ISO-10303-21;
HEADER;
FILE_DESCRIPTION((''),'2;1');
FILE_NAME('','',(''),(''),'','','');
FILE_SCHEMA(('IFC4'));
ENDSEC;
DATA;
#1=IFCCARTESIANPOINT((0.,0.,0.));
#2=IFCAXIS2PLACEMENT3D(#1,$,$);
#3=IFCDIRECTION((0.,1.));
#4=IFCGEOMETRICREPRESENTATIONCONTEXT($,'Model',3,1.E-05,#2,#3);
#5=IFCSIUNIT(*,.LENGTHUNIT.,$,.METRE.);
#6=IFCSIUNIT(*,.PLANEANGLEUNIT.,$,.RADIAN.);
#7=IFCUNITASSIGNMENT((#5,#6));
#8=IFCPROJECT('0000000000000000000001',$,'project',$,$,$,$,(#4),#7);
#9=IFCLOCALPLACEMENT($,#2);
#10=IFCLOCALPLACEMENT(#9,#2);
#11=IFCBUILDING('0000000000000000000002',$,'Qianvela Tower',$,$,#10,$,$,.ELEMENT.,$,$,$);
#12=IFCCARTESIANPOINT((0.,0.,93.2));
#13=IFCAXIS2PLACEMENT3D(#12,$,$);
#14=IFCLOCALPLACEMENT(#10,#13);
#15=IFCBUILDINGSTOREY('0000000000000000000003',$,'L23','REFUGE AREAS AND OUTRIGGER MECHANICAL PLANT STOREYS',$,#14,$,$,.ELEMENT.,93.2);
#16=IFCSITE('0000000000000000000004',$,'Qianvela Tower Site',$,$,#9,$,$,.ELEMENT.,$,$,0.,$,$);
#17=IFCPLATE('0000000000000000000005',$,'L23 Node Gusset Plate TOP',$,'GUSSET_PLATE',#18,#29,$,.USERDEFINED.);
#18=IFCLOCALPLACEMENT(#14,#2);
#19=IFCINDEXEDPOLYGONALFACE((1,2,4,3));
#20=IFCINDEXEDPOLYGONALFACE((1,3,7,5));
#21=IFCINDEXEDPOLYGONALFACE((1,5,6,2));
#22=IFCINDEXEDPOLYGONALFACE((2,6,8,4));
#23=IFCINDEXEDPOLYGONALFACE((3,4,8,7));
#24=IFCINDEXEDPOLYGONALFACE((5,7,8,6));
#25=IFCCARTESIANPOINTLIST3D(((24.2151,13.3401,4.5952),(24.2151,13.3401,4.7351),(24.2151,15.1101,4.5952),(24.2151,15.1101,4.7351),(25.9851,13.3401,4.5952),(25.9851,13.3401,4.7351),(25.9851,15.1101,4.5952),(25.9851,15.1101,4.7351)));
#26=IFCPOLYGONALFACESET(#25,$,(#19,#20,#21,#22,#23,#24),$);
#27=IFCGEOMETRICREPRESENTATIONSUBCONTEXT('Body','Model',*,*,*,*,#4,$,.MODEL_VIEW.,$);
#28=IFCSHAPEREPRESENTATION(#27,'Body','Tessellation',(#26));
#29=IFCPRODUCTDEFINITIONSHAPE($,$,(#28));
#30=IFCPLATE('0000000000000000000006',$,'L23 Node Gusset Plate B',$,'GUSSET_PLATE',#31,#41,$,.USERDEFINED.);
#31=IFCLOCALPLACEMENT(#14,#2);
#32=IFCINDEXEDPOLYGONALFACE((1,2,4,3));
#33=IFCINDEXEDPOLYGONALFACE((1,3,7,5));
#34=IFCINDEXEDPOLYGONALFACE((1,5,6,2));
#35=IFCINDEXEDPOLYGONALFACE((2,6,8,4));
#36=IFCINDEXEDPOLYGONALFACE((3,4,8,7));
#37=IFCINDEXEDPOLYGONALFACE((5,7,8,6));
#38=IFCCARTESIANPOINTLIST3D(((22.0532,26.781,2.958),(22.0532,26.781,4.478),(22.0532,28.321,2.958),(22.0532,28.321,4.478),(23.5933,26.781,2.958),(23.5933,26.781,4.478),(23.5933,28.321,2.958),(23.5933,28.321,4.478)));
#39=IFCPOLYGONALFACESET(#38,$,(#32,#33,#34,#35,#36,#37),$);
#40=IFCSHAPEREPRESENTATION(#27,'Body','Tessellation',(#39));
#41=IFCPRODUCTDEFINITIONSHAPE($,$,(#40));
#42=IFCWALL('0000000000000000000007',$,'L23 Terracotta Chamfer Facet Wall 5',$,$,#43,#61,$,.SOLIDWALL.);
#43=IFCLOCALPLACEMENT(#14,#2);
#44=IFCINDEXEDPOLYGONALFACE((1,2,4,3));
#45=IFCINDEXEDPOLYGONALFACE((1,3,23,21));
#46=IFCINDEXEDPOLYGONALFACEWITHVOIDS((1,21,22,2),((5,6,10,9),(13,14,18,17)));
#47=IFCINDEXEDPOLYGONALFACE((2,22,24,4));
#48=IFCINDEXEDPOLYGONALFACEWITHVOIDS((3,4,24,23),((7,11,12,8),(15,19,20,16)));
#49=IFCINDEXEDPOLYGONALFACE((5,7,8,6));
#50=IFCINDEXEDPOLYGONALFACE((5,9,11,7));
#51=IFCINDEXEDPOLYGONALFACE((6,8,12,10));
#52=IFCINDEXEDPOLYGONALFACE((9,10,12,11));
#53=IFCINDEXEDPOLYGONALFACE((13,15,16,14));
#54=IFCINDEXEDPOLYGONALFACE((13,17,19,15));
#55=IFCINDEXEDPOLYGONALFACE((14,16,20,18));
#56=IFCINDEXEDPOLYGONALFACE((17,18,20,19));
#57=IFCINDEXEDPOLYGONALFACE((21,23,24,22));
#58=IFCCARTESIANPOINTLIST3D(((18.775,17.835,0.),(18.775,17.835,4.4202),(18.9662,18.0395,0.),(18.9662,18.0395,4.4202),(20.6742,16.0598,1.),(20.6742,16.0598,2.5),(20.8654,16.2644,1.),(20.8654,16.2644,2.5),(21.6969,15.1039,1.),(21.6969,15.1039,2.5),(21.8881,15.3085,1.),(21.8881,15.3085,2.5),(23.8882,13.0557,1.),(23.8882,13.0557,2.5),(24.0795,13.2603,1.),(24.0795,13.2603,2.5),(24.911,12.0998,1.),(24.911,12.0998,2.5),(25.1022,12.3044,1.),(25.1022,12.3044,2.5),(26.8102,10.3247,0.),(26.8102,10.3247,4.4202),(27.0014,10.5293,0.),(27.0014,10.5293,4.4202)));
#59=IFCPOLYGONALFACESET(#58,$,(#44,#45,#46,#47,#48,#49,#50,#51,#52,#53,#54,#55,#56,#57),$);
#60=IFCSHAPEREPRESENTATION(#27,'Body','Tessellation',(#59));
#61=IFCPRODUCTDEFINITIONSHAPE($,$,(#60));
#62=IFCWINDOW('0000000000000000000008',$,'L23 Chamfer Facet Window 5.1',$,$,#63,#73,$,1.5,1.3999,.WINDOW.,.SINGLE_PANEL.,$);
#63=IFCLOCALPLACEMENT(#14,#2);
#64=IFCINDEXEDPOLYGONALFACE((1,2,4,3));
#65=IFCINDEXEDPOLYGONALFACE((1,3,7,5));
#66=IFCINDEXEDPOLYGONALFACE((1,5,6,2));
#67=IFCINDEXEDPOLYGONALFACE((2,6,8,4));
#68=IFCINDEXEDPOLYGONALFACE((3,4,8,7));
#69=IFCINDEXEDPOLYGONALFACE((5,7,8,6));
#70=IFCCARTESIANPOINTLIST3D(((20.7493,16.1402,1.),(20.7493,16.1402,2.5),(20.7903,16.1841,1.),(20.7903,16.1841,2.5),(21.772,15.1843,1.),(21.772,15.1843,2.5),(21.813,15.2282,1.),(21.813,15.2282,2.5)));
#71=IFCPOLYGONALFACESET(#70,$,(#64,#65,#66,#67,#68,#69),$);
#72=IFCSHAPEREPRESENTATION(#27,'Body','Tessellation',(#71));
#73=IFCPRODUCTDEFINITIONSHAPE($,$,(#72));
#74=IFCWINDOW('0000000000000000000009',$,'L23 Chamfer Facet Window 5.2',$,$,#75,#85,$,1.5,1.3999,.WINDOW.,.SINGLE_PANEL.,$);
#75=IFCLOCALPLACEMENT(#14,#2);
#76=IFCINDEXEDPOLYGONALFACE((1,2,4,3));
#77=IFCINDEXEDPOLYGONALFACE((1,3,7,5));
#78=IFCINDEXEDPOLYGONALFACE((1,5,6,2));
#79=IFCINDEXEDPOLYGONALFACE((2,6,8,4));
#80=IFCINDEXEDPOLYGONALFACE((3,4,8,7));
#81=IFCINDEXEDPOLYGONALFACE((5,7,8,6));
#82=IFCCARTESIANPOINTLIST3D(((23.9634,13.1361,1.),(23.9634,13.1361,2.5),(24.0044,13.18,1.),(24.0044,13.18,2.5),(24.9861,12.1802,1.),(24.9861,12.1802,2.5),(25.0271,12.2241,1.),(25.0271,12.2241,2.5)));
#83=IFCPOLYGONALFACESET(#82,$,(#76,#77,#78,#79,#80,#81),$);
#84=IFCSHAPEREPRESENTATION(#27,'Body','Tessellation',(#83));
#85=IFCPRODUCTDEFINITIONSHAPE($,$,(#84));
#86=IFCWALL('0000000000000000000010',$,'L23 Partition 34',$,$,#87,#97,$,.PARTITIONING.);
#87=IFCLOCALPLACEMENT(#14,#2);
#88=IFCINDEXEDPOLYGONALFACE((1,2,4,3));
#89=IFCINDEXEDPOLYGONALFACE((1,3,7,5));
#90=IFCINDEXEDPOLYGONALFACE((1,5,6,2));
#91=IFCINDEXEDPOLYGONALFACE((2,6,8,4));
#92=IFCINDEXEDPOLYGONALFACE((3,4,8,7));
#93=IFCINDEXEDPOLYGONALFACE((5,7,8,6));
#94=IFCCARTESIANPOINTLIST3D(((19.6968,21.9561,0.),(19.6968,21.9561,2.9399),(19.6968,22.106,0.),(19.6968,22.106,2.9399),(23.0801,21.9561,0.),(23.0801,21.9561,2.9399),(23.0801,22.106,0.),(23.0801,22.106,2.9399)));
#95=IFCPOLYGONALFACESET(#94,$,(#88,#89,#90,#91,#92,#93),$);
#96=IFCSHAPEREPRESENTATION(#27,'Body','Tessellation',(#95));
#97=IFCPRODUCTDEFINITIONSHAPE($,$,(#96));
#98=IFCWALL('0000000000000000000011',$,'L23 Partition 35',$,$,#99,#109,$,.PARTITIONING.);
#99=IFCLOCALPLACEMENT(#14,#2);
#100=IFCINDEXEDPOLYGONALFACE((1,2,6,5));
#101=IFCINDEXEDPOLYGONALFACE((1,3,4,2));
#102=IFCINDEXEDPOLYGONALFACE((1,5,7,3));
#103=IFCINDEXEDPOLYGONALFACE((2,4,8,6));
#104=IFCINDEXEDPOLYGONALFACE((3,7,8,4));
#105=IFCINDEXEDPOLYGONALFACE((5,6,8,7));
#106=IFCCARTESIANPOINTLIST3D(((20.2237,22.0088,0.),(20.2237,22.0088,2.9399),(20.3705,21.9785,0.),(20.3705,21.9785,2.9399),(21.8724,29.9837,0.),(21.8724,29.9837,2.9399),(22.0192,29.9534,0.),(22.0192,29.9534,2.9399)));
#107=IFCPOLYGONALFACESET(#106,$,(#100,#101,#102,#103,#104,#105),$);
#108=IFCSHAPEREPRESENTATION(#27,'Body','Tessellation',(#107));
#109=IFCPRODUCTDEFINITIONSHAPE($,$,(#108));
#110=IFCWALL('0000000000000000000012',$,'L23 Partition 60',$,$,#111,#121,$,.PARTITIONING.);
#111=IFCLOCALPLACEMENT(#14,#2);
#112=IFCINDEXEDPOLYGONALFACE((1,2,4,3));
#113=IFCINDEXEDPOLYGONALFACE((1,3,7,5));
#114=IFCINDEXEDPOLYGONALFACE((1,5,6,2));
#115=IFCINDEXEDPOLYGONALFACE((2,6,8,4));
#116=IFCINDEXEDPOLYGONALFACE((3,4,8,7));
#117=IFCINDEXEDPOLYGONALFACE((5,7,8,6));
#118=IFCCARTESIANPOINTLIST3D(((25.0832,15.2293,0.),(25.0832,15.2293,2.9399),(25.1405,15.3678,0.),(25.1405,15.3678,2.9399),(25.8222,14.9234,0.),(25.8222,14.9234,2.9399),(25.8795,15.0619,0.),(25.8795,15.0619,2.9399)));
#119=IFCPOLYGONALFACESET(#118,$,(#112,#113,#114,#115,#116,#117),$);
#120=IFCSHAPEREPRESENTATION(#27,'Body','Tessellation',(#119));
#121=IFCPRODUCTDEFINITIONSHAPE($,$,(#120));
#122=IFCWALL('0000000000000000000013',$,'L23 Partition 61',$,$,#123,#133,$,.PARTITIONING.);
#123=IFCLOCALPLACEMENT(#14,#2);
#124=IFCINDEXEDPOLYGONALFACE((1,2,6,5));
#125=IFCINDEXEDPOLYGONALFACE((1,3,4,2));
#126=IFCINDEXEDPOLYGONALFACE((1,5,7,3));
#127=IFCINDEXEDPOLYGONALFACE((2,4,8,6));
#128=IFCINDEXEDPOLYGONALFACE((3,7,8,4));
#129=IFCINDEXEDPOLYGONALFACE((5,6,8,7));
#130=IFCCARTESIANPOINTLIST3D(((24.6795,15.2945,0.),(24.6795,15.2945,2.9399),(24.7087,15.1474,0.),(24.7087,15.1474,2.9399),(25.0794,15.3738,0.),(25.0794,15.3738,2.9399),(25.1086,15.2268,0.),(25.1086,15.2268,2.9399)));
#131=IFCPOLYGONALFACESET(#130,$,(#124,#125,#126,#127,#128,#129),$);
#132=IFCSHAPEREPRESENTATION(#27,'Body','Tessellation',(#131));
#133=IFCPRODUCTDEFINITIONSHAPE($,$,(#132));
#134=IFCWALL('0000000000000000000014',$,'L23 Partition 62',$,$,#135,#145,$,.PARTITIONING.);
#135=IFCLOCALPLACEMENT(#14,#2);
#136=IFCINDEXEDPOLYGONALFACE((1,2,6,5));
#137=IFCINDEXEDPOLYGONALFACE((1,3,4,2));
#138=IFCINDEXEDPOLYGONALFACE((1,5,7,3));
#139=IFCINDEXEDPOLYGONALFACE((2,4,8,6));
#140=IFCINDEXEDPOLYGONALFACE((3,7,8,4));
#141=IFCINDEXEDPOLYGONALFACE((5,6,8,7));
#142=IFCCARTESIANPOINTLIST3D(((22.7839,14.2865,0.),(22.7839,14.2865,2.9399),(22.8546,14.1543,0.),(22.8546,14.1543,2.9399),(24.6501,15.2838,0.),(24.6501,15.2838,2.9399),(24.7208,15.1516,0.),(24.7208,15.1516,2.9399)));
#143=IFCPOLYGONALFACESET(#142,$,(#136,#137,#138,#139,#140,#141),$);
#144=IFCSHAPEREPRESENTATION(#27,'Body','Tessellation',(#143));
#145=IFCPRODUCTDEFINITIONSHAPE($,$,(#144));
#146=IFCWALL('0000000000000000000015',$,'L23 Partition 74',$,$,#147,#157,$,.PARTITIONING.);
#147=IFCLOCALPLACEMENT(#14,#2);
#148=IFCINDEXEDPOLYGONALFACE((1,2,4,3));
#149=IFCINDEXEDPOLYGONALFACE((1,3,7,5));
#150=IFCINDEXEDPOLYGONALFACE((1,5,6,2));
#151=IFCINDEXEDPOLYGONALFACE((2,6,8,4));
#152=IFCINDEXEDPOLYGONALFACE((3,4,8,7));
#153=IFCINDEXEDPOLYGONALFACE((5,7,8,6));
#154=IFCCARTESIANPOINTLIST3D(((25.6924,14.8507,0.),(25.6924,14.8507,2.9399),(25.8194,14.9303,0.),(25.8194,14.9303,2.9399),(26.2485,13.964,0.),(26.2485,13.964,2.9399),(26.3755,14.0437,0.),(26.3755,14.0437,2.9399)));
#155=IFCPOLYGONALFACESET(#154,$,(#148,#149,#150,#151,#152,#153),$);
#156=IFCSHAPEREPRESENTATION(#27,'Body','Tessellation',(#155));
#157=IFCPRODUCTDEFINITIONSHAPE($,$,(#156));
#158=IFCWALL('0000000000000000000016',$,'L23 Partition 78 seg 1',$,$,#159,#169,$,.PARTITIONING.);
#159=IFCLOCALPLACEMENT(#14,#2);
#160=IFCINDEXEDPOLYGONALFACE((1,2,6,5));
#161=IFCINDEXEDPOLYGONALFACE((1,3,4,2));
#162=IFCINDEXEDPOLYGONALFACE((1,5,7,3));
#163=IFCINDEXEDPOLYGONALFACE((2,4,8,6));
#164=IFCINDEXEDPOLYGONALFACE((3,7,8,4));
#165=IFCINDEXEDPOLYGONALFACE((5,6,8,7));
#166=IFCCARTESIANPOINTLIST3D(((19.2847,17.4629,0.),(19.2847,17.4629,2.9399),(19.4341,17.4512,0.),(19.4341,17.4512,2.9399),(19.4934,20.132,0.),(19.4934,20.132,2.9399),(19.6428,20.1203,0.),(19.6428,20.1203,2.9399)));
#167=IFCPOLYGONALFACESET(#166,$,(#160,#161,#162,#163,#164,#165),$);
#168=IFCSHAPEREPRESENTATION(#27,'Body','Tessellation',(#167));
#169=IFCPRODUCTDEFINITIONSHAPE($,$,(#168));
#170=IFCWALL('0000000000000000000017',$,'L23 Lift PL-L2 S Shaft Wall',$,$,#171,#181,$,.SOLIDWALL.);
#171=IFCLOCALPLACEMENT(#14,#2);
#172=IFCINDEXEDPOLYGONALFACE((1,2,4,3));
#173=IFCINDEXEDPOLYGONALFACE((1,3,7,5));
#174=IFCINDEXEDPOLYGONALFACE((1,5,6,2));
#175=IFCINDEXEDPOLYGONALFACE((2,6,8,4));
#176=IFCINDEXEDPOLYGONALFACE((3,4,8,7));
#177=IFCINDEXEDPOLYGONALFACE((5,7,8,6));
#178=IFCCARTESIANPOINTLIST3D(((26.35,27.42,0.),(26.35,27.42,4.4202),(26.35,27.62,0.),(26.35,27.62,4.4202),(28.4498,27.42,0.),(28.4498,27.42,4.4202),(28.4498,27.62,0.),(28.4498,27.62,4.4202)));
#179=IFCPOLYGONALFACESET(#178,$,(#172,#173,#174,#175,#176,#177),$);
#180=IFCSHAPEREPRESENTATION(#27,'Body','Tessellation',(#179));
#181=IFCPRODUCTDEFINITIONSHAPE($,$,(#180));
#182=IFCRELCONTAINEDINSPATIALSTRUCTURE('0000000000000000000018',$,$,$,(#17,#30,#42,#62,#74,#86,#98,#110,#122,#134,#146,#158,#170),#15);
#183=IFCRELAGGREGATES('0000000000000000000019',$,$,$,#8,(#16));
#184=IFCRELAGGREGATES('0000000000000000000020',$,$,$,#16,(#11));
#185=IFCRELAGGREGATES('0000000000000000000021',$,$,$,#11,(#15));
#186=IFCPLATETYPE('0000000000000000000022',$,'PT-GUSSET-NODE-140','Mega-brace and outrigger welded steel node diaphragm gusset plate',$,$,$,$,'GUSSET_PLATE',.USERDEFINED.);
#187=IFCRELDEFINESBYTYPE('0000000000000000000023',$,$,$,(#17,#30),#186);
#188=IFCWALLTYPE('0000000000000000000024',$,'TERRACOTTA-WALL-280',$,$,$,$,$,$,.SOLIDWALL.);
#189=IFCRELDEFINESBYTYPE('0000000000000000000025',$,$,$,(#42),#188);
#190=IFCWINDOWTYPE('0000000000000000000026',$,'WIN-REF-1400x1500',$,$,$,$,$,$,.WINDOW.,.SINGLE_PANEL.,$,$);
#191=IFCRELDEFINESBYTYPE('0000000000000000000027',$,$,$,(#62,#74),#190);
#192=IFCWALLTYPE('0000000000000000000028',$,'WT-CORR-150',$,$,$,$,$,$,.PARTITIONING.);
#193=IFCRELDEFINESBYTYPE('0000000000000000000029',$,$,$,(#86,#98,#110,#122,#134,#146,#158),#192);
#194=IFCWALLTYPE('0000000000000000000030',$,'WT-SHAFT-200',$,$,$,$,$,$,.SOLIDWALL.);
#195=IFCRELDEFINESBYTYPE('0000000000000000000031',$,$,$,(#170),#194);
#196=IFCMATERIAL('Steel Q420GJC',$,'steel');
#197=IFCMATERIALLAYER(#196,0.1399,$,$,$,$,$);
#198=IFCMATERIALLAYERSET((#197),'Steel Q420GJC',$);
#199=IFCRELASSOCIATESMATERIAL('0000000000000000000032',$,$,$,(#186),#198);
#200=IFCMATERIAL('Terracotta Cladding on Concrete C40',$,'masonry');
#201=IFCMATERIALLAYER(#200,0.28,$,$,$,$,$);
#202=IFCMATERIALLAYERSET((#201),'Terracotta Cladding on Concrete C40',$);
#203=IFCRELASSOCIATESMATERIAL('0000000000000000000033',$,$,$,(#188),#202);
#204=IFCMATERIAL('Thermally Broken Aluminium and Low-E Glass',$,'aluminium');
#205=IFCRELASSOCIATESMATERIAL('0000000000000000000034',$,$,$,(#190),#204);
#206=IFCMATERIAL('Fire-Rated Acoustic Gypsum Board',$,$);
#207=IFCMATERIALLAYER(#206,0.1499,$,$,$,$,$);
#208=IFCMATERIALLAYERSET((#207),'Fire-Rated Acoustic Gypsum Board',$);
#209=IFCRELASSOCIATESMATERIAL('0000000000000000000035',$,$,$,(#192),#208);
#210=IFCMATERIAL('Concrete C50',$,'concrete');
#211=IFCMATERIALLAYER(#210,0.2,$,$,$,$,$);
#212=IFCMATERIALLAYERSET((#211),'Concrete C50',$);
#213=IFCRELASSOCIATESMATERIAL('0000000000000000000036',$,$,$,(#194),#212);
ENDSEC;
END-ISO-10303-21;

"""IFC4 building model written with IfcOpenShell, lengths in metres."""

from ifc_helpers import new_model, si_unit, direction, frame, frame_2d, origin, origin_2d, place, context, subcontext, project, spatial, rectangle, extrude, material, layer, layer_set, type_object, element, fill, save


model = new_model("IFC4")

# Units and contexts
model_context = context("Model", 3, precision=1e-05, world=origin(), true_north=direction((0.0, 1.0)))
body_context = subcontext(model_context, "Body", "Model", "MODEL_VIEW")
ifc_project = project(units=[si_unit("LENGTHUNIT", "METRE"), si_unit("PLANEANGLEUNIT", "RADIAN")], contexts=[model_context])

# Site, building, storey
site_placement = place(None, origin())
site = spatial("IfcSite", under=ifc_project, at=site_placement, Name="Qianvela Tower Site", CompositionType="ELEMENT", RefElevation=0.0)
building_placement = place(site_placement, origin())
building = spatial("IfcBuilding", under=site, at=building_placement, Name="Qianvela Tower", CompositionType="ELEMENT")
storey_placement = place(building_placement, frame((0.0, 0.0, 93.2)))
storey = spatial("IfcBuildingStorey", under=building, at=storey_placement, Name="L23", Description="REFUGE AREAS AND OUTRIGGER MECHANICAL PLANT STOREYS", CompositionType="ELEMENT", Elevation=93.2)

# Plates
ifc_material_1 = material(Name="Steel Q420GJC", Category="steel")
ifc_layer_1 = layer(ifc_material_1, 0.1399)
ifc_layer_set_1 = layer_set([ifc_layer_1], Name="Steel Q420GJC")
plate_type_1 = type_object("IfcPlateType", Name="PT-GUSSET-NODE-140", Description="Mega-brace and outrigger welded steel node diaphragm gusset plate", ElementType="GUSSET_PLATE", PredefinedType="USERDEFINED", material=ifc_layer_set_1)
plate_1_placement = place(storey_placement, frame((25.1001, 14.2251, 4.5952), z_axis=(0.0, 0.0, 1.0), x_axis=(1.0, 0.0, 0.0)))
element("IfcPlate", 1, at=plate_1_placement, inside=storey, type_object=plate_type_1, Name="L23 Node Gusset Plate TOP", ObjectType="GUSSET_PLATE", PredefinedType="USERDEFINED", context=body_context, shape_type="SweptSolid", body=[
    extrude(rectangle(XDim=1.77, YDim=1.77, at=origin_2d()), origin(), (0.0, 0.0, 1.0), 0.1399),
])
plate_2_placement = place(storey_placement, frame((22.8232, 27.551, 2.958), z_axis=(0.0, 0.0, 1.0), x_axis=(1.0, 0.0, 0.0)))
element("IfcPlate", 2, at=plate_2_placement, inside=storey, type_object=plate_type_1, Name="L23 Node Gusset Plate B", ObjectType="GUSSET_PLATE", PredefinedType="USERDEFINED", context=body_context, shape_type="SweptSolid", body=[
    extrude(rectangle(XDim=1.54, YDim=1.54, at=origin_2d()), origin(), (0.0, 0.0, 1.0), 1.52),
])

# Wall, openings, windows
ifc_material_2 = material(Name="Terracotta Cladding on Concrete C40", Category="masonry")
ifc_layer_2 = layer(ifc_material_2, 0.28)
ifc_layer_set_2 = layer_set([ifc_layer_2], Name="Terracotta Cladding on Concrete C40")
wall_type_1 = type_object("IfcWallType", Name="TERRACOTTA-WALL-280", PredefinedType="SOLIDWALL", material=ifc_layer_set_2)
wall_1_placement = place(storey_placement, frame((18.8706, 17.9373, 0.0), z_axis=(0.0, 0.0, 1.0), x_axis=(0.730566, -0.682842, 0.0)))
wall_1 = element("IfcWall", 3, at=wall_1_placement, inside=storey, type_object=wall_type_1, Name="L23 Terracotta Chamfer Facet Wall 5", PredefinedType="SOLIDWALL", context=body_context, shape_type="SweptSolid", body=[
    extrude(rectangle(XDim=10.9985, YDim=0.28, at=frame_2d((5.4993, 0.0))), origin(), (0.0, 0.0, 1.0), 4.4202),
])
opening_1_placement = place(wall_1_placement, frame((2.5996, 0.0, 1.0)))
opening_1 = element("IfcOpeningElement", 4, at=opening_1_placement, cuts=wall_1, PredefinedType="OPENING", context=body_context, shape_type="SweptSolid", body=[
    extrude(rectangle(XDim=1.3999, YDim=1.5, at=frame_2d((0.7, 0.75))), frame((0.0, 0.1499, 0.0), z_axis=(0.0, -1.0, 0.0), x_axis=(1.0, 0.0, 0.0)), (0.0, 0.0, 1.0), 0.3),
])
opening_2_placement = place(wall_1_placement, frame((6.999, 0.0, 1.0)))
opening_2 = element("IfcOpeningElement", 5, at=opening_2_placement, cuts=wall_1, PredefinedType="OPENING", context=body_context, shape_type="SweptSolid", body=[
    extrude(rectangle(XDim=1.3999, YDim=1.5, at=frame_2d((0.7, 0.75))), frame((0.0, 0.1499, 0.0), z_axis=(0.0, -1.0, 0.0), x_axis=(1.0, 0.0, 0.0)), (0.0, 0.0, 1.0), 0.3),
])
ifc_material_3 = material(Name="Thermally Broken Aluminium and Low-E Glass", Category="aluminium")
window_type = type_object("IfcWindowType", Name="WIN-REF-1400x1500", PartitioningType="SINGLE_PANEL", PredefinedType="WINDOW", material=ifc_material_3)
window_1_placement = place(opening_1_placement, origin())
window_1 = element("IfcWindow", 6, at=window_1_placement, inside=storey, type_object=window_type, Name="L23 Chamfer Facet Window 5.1", OverallHeight=1.5, OverallWidth=1.3999, PartitioningType="SINGLE_PANEL", PredefinedType="WINDOW", context=body_context, shape_type="SweptSolid", body=[
    extrude(rectangle(XDim=1.3999, YDim=1.5, at=frame_2d((0.7, 0.75))), frame((0.0, 0.03, 0.0), z_axis=(0.0, -1.0, 0.0), x_axis=(1.0, 0.0, 0.0)), (0.0, 0.0, 1.0), 0.0601),
])
fill(opening_1, window_1)
window_2_placement = place(opening_2_placement, origin())
window_2 = element("IfcWindow", 7, at=window_2_placement, inside=storey, type_object=window_type, Name="L23 Chamfer Facet Window 5.2", OverallHeight=1.5, OverallWidth=1.3999, PartitioningType="SINGLE_PANEL", PredefinedType="WINDOW", context=body_context, shape_type="SweptSolid", body=[
    extrude(rectangle(XDim=1.3999, YDim=1.5, at=frame_2d((0.7, 0.75))), frame((0.0, 0.03, 0.0), z_axis=(0.0, -1.0, 0.0), x_axis=(1.0, 0.0, 0.0)), (0.0, 0.0, 1.0), 0.0601),
])
fill(opening_2, window_2)

# Walls
ifc_material_4 = material(Name="Fire-Rated Acoustic Gypsum Board")
ifc_layer_3 = layer(ifc_material_4, 0.1499)
ifc_layer_set_3 = layer_set([ifc_layer_3], Name="Fire-Rated Acoustic Gypsum Board")
wall_type_2 = type_object("IfcWallType", Name="WT-CORR-150", PredefinedType="PARTITIONING", material=ifc_layer_set_3)
wall_2_placement = place(storey_placement, frame((23.0801, 22.031, 0.0), z_axis=(0.0, 0.0, 1.0), x_axis=(-1.0, 0.0, 0.0)))
element("IfcWall", 8, at=wall_2_placement, inside=storey, type_object=wall_type_2, Name="L23 Partition 34", PredefinedType="PARTITIONING", context=body_context, shape_type="SweptSolid", body=[
    extrude(rectangle(XDim=3.3833, YDim=0.1499, at=frame_2d((1.6917, 0.0))), origin(), (0.0, 0.0, 1.0), 2.9399),
])
wall_3_placement = place(storey_placement, frame((20.2971, 21.9937, 0.0), z_axis=(0.0, 0.0, 1.0), x_axis=(0.202454, 0.979292, 0.0)))
element("IfcWall", 9, at=wall_3_placement, inside=storey, type_object=wall_type_2, Name="L23 Partition 35", PredefinedType="PARTITIONING", context=body_context, shape_type="SweptSolid", body=[
    extrude(rectangle(XDim=8.1436, YDim=0.1499, at=frame_2d((4.0718, 0.0))), origin(), (0.0, 0.0, 1.0), 2.9399),
])
wall_4_placement = place(storey_placement, frame((25.8508, 14.9927, 0.0), z_axis=(0.0, 0.0, 1.0), x_axis=(-0.923968, 0.382469, 0.0)))
element("IfcWall", 10, at=wall_4_placement, inside=storey, type_object=wall_type_2, Name="L23 Partition 60", PredefinedType="PARTITIONING", context=body_context, shape_type="SweptSolid", body=[
    extrude(rectangle(XDim=0.7998, YDim=0.1499, at=frame_2d((0.3999, 0.0))), origin(), (0.0, 0.0, 1.0), 2.9399),
])
wall_5_placement = place(storey_placement, frame((25.094, 15.3003, 0.0), z_axis=(0.0, 0.0, 1.0), x_axis=(-0.980879, -0.194619, 0.0)))
element("IfcWall", 11, at=wall_5_placement, inside=storey, type_object=wall_type_2, Name="L23 Partition 61", PredefinedType="PARTITIONING", context=body_context, shape_type="SweptSolid", body=[
    extrude(rectangle(XDim=0.4077, YDim=0.1499, at=frame_2d((0.2039, 0.0))), origin(), (0.0, 0.0, 1.0), 2.9399),
])
wall_6_placement = place(storey_placement, frame((24.6855, 15.2178, 0.0), z_axis=(0.0, 0.0, 1.0), x_axis=(-0.88196, -0.471325, 0.0)))
element("IfcWall", 12, at=wall_6_placement, inside=storey, type_object=wall_type_2, Name="L23 Partition 62", PredefinedType="PARTITIONING", context=body_context, shape_type="SweptSolid", body=[
    extrude(rectangle(XDim=2.116, YDim=0.1499, at=frame_2d((1.0581, 0.0))), origin(), (0.0, 0.0, 1.0), 2.9399),
])
wall_7_placement = place(storey_placement, frame((25.7559, 14.8906, 0.0), z_axis=(0.0, 0.0, 1.0), x_axis=(0.53134, -0.847159, 0.0)))
element("IfcWall", 13, at=wall_7_placement, inside=storey, type_object=wall_type_2, Name="L23 Partition 74", PredefinedType="PARTITIONING", context=body_context, shape_type="SweptSolid", body=[
    extrude(rectangle(XDim=1.0466, YDim=0.1499, at=frame_2d((0.5234, 0.0))), origin(), (0.0, 0.0, 1.0), 2.9399),
])
wall_8_placement = place(storey_placement, frame((19.3594, 17.457, 0.0), z_axis=(0.0, 0.0, 1.0), x_axis=(0.077966, 0.996956, 0.0)))
element("IfcWall", 14, at=wall_8_placement, inside=storey, type_object=wall_type_2, Name="L23 Partition 78 seg 1", PredefinedType="PARTITIONING", context=body_context, shape_type="SweptSolid", body=[
    extrude(rectangle(XDim=2.6772, YDim=0.1499, at=frame_2d((1.3386, 0.0))), origin(), (0.0, 0.0, 1.0), 2.9399),
])

# Shared definitions
ifc_material_5 = material(Name="Concrete C50", Category="concrete")
ifc_layer_4 = layer(ifc_material_5, 0.2)
ifc_layer_set_4 = layer_set([ifc_layer_4], Name="Concrete C50")
wall_type_3 = type_object("IfcWallType", Name="WT-SHAFT-200", PredefinedType="SOLIDWALL", material=ifc_layer_set_4)

# Wall
wall_9_placement = place(storey_placement, frame((26.3501, 27.52, 0.0), z_axis=(0.0, 0.0, 1.0), x_axis=(1.0, 0.0, 0.0)))
element("IfcWall", 15, at=wall_9_placement, inside=storey, type_object=wall_type_3, Name="L23 Lift PL-L2 S Shaft Wall", PredefinedType="SOLIDWALL", context=body_context, shape_type="SweptSolid", body=[
    extrude(rectangle(XDim=2.0999, YDim=0.2, at=frame_2d((1.0498, 0.0))), origin(), (0.0, 0.0, 1.0), 4.4202),
])

save(model, "model.ifc")
